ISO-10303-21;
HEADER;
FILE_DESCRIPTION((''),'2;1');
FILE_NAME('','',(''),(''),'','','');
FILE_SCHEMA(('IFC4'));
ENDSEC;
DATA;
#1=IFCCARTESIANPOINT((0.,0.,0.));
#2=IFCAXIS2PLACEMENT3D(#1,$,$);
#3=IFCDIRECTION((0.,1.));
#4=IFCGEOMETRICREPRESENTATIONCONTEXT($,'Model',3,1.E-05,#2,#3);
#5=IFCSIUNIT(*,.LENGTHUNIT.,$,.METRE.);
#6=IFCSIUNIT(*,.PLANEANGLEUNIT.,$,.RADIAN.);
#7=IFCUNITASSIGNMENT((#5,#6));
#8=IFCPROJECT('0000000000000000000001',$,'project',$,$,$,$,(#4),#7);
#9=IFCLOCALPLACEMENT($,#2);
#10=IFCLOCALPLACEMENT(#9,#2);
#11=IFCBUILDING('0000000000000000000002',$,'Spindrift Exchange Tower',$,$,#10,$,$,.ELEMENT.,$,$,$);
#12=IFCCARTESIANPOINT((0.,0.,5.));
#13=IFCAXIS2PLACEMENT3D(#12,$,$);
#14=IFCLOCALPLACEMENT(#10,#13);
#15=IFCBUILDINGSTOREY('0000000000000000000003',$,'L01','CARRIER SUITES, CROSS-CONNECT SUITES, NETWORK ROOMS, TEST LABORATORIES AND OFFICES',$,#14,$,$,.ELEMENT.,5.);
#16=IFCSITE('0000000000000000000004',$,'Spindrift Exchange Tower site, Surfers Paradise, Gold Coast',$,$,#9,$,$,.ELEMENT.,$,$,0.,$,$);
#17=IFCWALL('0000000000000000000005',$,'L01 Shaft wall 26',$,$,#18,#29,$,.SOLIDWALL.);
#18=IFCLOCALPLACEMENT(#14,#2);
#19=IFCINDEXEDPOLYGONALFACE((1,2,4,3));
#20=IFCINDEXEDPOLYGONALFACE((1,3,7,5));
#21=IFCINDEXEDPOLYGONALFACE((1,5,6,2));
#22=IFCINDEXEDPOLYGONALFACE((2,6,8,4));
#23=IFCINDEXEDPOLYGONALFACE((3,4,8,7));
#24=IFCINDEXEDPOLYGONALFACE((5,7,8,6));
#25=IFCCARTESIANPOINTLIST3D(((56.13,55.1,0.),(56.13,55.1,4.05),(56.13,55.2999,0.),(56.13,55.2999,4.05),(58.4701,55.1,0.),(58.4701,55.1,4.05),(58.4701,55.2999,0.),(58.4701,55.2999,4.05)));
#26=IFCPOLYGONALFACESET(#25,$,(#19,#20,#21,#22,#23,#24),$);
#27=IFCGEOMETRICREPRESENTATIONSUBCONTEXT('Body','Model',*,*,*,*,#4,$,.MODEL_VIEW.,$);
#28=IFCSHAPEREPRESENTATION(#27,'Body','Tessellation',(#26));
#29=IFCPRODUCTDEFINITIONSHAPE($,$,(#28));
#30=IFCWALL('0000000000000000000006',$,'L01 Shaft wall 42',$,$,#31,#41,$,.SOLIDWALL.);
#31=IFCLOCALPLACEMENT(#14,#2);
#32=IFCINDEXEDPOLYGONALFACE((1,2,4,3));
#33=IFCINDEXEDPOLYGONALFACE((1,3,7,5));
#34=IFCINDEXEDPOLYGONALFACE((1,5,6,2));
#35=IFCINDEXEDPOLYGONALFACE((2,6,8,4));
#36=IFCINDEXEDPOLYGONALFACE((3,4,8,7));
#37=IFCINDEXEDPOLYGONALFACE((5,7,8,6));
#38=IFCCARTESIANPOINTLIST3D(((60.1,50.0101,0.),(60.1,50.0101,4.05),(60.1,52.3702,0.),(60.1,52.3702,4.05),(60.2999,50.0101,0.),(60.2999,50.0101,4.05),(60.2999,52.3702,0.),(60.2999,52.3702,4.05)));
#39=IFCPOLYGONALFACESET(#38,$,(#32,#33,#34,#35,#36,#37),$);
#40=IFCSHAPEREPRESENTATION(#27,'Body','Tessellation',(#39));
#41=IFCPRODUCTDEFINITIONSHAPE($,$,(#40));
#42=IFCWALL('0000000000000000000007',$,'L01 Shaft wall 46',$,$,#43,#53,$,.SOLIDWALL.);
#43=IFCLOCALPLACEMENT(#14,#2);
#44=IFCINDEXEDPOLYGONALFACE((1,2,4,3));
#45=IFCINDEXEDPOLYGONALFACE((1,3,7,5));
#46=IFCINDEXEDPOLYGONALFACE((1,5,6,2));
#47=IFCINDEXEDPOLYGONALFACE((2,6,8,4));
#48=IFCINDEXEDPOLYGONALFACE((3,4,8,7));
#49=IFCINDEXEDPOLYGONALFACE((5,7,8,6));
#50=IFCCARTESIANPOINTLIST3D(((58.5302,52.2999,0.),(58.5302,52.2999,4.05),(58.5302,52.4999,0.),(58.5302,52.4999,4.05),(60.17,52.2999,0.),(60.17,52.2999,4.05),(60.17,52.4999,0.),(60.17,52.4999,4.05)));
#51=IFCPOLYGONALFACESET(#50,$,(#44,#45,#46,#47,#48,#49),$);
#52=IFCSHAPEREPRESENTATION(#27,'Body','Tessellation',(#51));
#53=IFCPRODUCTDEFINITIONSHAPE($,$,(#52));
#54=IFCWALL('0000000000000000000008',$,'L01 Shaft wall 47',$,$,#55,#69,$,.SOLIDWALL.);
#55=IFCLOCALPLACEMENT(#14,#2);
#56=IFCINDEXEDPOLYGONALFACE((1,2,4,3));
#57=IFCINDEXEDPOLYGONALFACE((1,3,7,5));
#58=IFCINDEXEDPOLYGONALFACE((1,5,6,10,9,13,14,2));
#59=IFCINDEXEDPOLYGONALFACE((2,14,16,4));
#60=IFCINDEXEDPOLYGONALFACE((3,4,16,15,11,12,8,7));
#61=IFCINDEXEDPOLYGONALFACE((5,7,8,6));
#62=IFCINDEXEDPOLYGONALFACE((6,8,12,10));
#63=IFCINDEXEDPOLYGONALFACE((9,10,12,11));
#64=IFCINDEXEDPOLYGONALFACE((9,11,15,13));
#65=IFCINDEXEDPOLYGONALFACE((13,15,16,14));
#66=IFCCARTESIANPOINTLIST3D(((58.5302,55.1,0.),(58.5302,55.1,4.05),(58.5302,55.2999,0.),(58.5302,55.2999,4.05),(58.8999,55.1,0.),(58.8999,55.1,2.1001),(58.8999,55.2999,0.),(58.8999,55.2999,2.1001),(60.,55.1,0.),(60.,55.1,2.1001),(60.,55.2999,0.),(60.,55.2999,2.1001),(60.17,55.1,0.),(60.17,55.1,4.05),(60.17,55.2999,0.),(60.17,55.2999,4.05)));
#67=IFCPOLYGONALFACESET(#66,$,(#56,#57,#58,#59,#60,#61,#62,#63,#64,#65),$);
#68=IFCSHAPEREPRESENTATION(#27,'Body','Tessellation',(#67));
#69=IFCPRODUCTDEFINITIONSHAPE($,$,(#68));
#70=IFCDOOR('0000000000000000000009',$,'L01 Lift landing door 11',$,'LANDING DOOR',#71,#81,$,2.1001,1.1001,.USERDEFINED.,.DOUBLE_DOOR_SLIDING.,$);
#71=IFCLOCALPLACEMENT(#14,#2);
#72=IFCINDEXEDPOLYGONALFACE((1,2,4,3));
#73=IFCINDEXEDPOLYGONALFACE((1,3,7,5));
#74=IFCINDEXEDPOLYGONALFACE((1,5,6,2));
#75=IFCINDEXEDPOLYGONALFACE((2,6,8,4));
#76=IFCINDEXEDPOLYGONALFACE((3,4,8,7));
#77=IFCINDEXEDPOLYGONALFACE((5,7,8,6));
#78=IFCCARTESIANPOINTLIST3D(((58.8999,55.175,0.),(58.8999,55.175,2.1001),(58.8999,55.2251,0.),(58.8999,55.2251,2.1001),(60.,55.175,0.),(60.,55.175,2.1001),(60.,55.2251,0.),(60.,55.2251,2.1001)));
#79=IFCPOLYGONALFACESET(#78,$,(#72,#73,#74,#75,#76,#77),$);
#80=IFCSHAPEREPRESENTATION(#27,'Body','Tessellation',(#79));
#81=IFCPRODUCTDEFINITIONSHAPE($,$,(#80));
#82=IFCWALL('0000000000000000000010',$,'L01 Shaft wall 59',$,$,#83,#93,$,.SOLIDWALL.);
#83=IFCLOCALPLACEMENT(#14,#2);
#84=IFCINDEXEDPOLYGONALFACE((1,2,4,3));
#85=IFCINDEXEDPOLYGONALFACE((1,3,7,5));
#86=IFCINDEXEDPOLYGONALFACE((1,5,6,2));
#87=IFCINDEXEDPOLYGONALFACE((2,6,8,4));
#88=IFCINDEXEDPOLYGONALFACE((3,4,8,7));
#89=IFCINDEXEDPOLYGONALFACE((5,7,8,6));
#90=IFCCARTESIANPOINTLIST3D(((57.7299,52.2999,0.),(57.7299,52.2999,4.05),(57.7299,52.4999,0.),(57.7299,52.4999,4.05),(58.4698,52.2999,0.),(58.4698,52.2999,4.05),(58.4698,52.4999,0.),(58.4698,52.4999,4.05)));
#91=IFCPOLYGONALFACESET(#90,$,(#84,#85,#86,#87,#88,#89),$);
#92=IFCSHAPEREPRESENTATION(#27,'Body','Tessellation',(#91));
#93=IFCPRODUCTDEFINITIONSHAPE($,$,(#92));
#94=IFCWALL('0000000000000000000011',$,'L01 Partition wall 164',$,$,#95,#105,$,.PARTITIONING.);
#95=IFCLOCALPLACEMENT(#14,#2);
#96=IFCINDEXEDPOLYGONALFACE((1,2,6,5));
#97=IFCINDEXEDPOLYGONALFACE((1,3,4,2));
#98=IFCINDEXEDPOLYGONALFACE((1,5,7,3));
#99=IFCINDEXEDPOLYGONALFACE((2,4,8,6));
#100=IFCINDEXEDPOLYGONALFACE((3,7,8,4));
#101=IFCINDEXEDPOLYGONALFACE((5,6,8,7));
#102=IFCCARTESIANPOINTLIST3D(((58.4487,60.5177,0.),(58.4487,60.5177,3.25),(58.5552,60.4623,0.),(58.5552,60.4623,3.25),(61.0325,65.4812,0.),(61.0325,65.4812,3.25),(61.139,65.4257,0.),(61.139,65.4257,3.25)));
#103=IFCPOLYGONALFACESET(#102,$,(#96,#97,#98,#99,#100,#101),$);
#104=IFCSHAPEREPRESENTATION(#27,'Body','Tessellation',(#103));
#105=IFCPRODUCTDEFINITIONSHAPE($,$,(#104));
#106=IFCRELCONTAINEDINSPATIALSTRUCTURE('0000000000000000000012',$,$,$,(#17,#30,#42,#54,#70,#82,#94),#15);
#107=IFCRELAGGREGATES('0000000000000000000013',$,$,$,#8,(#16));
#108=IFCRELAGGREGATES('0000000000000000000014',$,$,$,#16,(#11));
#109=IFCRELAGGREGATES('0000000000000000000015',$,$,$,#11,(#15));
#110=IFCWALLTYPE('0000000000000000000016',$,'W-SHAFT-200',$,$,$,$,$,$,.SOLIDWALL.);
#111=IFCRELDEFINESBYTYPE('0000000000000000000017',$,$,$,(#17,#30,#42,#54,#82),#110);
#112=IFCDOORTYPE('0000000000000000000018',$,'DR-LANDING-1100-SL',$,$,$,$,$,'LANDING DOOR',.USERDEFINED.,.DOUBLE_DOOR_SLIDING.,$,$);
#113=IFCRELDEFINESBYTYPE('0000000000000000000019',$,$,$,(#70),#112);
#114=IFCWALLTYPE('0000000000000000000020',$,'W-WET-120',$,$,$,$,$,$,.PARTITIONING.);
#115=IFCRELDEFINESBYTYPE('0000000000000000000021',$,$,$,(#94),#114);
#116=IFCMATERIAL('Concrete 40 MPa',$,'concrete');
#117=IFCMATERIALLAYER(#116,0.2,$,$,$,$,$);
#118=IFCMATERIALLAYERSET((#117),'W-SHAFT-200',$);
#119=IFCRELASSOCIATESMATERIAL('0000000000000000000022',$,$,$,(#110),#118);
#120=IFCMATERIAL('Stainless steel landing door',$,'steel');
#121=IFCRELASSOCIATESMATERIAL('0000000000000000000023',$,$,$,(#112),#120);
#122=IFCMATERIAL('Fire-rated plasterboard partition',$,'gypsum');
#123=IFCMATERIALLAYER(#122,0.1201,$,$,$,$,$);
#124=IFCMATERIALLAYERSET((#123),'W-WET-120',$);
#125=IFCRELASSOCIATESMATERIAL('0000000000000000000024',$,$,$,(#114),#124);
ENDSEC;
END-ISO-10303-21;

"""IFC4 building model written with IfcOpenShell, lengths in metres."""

from ifc_helpers import new_model, si_unit, direction, frame, frame_2d, origin, place, context, subcontext, project, spatial, rectangle, extrude, source, transform, mapped, material, layer, layer_set, type_object, element, fill, save


model = new_model("IFC4")

# Units and contexts
model_context = context("Model", 3, precision=1e-05, world=origin(), true_north=direction((0.0, 1.0)))
body_context = subcontext(model_context, "Body", "Model", "MODEL_VIEW")
ifc_project = project(units=[si_unit("LENGTHUNIT", "METRE"), si_unit("PLANEANGLEUNIT", "RADIAN")], contexts=[model_context])

# Site, building, storey
site_placement = place(None, origin())
site = spatial("IfcSite", under=ifc_project, at=site_placement, Name="Spindrift Exchange Tower site, Surfers Paradise, Gold Coast", CompositionType="ELEMENT", RefElevation=0.0)
building_placement = place(site_placement, origin())
building = spatial("IfcBuilding", under=site, at=building_placement, Name="Spindrift Exchange Tower", CompositionType="ELEMENT")
storey_placement = place(building_placement, frame((0.0, 0.0, 5.0)))
storey = spatial("IfcBuildingStorey", under=building, at=storey_placement, Name="L01", Description="CARRIER SUITES, CROSS-CONNECT SUITES, NETWORK ROOMS, TEST LABORATORIES AND OFFICES", CompositionType="ELEMENT", Elevation=5.0)

# Shared definitions
ifc_material_1 = material(Name="Fire-rated plasterboard partition", Category="gypsum")

# Walls
ifc_material_2 = material(Name="Concrete 40 MPa", Category="concrete")
ifc_layer_1 = layer(ifc_material_2, 0.2)
ifc_layer_set_1 = layer_set([ifc_layer_1], Name="W-SHAFT-200")
wall_type_1 = type_object("IfcWallType", Name="W-SHAFT-200", PredefinedType="SOLIDWALL", material=ifc_layer_set_1)
wall_1_placement = place(storey_placement, frame((58.47, 55.2, 0.0), z_axis=(0.0, 0.0, 1.0), x_axis=(-1.0, 0.0, 0.0)))
element("IfcWall", 1, at=wall_1_placement, inside=storey, type_object=wall_type_1, Name="L01 Shaft wall 26", PredefinedType="SOLIDWALL", context=body_context, shape_type="SweptSolid", body=[
    extrude(rectangle(XDim=2.3401, YDim=0.2, at=frame_2d((1.1699, 0.0))), origin(), (0.0, 0.0, 1.0), 4.05),
])
wall_2_placement = place(storey_placement, frame((60.2, 50.01, 0.0), z_axis=(0.0, 0.0, 1.0), x_axis=(0.0, 1.0, 0.0)))
element("IfcWall", 2, at=wall_2_placement, inside=storey, type_object=wall_type_1, Name="L01 Shaft wall 42", PredefinedType="SOLIDWALL", context=body_context, shape_type="SweptSolid", body=[
    extrude(rectangle(XDim=2.3601, YDim=0.2, at=frame_2d((1.1802, 0.0))), origin(), (0.0, 0.0, 1.0), 4.05),
])
wall_3_placement = place(storey_placement, frame((60.1699, 52.3999, 0.0), z_axis=(0.0, 0.0, 1.0), x_axis=(-1.0, 0.0, 0.0)))
element("IfcWall", 3, at=wall_3_placement, inside=storey, type_object=wall_type_1, Name="L01 Shaft wall 46", PredefinedType="SOLIDWALL", context=body_context, shape_type="SweptSolid", body=[
    extrude(rectangle(XDim=1.6399, YDim=0.2, at=frame_2d((0.8198, 0.0))), origin(), (0.0, 0.0, 1.0), 4.05),
])

# Wall, opening, door
wall_4_placement = place(storey_placement, frame((60.1699, 55.2, 0.0), z_axis=(0.0, 0.0, 1.0), x_axis=(-1.0, 0.0, 0.0)))
wall_4 = element("IfcWall", 4, at=wall_4_placement, inside=storey, type_object=wall_type_1, Name="L01 Shaft wall 47", PredefinedType="SOLIDWALL", context=body_context, shape_type="SweptSolid", body=[
    extrude(rectangle(XDim=1.6399, YDim=0.2, at=frame_2d((0.8198, 0.0))), origin(), (0.0, 0.0, 1.0), 4.05),
])
opening_1_placement = place(wall_4_placement, frame((0.1699, 0.0, 0.0)))
opening_1 = element("IfcOpeningElement", 5, at=opening_1_placement, cuts=wall_4, PredefinedType="OPENING", context=body_context, shape_type="SweptSolid", body=[
    extrude(rectangle(XDim=1.1001, YDim=2.1001, at=frame_2d((0.55, 1.05))), frame((0.0, 0.1099, 0.0), z_axis=(0.0, -1.0, 0.0), x_axis=(1.0, 0.0, 0.0)), (0.0, 0.0, 1.0), 0.22),
])
ifc_material_3 = material(Name="Stainless steel landing door", Category="steel")
door_type_1 = type_object("IfcDoorType", Name="DR-LANDING-1100-SL", ElementType="LANDING DOOR", OperationType="DOUBLE_DOOR_SLIDING", PredefinedType="USERDEFINED", material=ifc_material_3)
shared_shape_1 = source(origin(), body_context, "Body", "SweptSolid", [
    extrude(rectangle(XDim=1.1001, YDim=2.1001, at=frame_2d((0.55, 1.05))), frame((0.0, 0.0249, 0.0), z_axis=(0.0, -1.0, 0.0), x_axis=(1.0, 0.0, 0.0)), (0.0, 0.0, 1.0), 0.05),
])
door_1_placement = place(opening_1_placement, origin())
door_1 = element("IfcDoor", 6, at=door_1_placement, inside=storey, type_object=door_type_1, Name="L01 Lift landing door 11", ObjectType="LANDING DOOR", OperationType="DOUBLE_DOOR_SLIDING", OverallHeight=2.1001, OverallWidth=1.1001, PredefinedType="USERDEFINED", context=body_context, shape_type="MappedRepresentation", body=[
    mapped(shared_shape_1, transform((0.0, 0.0, 0.0), scale=1.0)),
])
fill(opening_1, door_1)

# Walls
wall_5_placement = place(storey_placement, frame((58.47, 52.3999, 0.0), z_axis=(0.0, 0.0, 1.0), x_axis=(-1.0, 0.0, 0.0)))
element("IfcWall", 7, at=wall_5_placement, inside=storey, type_object=wall_type_1, Name="L01 Shaft wall 59", PredefinedType="SOLIDWALL", context=body_context, shape_type="SweptSolid", body=[
    extrude(rectangle(XDim=0.74, YDim=0.2, at=frame_2d((0.3701, 0.0))), origin(), (0.0, 0.0, 1.0), 4.05),
])
ifc_layer_2 = layer(ifc_material_1, 0.1201)
ifc_layer_set_2 = layer_set([ifc_layer_2], Name="W-WET-120")
wall_type_2 = type_object("IfcWallType", Name="W-WET-120", PredefinedType="PARTITIONING", material=ifc_layer_set_2)
wall_6_placement = place(storey_placement, frame((58.502, 60.49, 0.0), z_axis=(0.0, 0.0, 1.0), x_axis=(0.461744, 0.887013, 0.0)))
element("IfcWall", 8, at=wall_6_placement, inside=storey, type_object=wall_type_2, Name="L01 Partition wall 164", PredefinedType="PARTITIONING", context=body_context, shape_type="SweptSolid", body=[
    extrude(rectangle(XDim=5.5957, YDim=0.1201, at=frame_2d((2.7979, 0.0))), origin(), (0.0, 0.0, 1.0), 3.25),
])

save(model, "model.ifc")
